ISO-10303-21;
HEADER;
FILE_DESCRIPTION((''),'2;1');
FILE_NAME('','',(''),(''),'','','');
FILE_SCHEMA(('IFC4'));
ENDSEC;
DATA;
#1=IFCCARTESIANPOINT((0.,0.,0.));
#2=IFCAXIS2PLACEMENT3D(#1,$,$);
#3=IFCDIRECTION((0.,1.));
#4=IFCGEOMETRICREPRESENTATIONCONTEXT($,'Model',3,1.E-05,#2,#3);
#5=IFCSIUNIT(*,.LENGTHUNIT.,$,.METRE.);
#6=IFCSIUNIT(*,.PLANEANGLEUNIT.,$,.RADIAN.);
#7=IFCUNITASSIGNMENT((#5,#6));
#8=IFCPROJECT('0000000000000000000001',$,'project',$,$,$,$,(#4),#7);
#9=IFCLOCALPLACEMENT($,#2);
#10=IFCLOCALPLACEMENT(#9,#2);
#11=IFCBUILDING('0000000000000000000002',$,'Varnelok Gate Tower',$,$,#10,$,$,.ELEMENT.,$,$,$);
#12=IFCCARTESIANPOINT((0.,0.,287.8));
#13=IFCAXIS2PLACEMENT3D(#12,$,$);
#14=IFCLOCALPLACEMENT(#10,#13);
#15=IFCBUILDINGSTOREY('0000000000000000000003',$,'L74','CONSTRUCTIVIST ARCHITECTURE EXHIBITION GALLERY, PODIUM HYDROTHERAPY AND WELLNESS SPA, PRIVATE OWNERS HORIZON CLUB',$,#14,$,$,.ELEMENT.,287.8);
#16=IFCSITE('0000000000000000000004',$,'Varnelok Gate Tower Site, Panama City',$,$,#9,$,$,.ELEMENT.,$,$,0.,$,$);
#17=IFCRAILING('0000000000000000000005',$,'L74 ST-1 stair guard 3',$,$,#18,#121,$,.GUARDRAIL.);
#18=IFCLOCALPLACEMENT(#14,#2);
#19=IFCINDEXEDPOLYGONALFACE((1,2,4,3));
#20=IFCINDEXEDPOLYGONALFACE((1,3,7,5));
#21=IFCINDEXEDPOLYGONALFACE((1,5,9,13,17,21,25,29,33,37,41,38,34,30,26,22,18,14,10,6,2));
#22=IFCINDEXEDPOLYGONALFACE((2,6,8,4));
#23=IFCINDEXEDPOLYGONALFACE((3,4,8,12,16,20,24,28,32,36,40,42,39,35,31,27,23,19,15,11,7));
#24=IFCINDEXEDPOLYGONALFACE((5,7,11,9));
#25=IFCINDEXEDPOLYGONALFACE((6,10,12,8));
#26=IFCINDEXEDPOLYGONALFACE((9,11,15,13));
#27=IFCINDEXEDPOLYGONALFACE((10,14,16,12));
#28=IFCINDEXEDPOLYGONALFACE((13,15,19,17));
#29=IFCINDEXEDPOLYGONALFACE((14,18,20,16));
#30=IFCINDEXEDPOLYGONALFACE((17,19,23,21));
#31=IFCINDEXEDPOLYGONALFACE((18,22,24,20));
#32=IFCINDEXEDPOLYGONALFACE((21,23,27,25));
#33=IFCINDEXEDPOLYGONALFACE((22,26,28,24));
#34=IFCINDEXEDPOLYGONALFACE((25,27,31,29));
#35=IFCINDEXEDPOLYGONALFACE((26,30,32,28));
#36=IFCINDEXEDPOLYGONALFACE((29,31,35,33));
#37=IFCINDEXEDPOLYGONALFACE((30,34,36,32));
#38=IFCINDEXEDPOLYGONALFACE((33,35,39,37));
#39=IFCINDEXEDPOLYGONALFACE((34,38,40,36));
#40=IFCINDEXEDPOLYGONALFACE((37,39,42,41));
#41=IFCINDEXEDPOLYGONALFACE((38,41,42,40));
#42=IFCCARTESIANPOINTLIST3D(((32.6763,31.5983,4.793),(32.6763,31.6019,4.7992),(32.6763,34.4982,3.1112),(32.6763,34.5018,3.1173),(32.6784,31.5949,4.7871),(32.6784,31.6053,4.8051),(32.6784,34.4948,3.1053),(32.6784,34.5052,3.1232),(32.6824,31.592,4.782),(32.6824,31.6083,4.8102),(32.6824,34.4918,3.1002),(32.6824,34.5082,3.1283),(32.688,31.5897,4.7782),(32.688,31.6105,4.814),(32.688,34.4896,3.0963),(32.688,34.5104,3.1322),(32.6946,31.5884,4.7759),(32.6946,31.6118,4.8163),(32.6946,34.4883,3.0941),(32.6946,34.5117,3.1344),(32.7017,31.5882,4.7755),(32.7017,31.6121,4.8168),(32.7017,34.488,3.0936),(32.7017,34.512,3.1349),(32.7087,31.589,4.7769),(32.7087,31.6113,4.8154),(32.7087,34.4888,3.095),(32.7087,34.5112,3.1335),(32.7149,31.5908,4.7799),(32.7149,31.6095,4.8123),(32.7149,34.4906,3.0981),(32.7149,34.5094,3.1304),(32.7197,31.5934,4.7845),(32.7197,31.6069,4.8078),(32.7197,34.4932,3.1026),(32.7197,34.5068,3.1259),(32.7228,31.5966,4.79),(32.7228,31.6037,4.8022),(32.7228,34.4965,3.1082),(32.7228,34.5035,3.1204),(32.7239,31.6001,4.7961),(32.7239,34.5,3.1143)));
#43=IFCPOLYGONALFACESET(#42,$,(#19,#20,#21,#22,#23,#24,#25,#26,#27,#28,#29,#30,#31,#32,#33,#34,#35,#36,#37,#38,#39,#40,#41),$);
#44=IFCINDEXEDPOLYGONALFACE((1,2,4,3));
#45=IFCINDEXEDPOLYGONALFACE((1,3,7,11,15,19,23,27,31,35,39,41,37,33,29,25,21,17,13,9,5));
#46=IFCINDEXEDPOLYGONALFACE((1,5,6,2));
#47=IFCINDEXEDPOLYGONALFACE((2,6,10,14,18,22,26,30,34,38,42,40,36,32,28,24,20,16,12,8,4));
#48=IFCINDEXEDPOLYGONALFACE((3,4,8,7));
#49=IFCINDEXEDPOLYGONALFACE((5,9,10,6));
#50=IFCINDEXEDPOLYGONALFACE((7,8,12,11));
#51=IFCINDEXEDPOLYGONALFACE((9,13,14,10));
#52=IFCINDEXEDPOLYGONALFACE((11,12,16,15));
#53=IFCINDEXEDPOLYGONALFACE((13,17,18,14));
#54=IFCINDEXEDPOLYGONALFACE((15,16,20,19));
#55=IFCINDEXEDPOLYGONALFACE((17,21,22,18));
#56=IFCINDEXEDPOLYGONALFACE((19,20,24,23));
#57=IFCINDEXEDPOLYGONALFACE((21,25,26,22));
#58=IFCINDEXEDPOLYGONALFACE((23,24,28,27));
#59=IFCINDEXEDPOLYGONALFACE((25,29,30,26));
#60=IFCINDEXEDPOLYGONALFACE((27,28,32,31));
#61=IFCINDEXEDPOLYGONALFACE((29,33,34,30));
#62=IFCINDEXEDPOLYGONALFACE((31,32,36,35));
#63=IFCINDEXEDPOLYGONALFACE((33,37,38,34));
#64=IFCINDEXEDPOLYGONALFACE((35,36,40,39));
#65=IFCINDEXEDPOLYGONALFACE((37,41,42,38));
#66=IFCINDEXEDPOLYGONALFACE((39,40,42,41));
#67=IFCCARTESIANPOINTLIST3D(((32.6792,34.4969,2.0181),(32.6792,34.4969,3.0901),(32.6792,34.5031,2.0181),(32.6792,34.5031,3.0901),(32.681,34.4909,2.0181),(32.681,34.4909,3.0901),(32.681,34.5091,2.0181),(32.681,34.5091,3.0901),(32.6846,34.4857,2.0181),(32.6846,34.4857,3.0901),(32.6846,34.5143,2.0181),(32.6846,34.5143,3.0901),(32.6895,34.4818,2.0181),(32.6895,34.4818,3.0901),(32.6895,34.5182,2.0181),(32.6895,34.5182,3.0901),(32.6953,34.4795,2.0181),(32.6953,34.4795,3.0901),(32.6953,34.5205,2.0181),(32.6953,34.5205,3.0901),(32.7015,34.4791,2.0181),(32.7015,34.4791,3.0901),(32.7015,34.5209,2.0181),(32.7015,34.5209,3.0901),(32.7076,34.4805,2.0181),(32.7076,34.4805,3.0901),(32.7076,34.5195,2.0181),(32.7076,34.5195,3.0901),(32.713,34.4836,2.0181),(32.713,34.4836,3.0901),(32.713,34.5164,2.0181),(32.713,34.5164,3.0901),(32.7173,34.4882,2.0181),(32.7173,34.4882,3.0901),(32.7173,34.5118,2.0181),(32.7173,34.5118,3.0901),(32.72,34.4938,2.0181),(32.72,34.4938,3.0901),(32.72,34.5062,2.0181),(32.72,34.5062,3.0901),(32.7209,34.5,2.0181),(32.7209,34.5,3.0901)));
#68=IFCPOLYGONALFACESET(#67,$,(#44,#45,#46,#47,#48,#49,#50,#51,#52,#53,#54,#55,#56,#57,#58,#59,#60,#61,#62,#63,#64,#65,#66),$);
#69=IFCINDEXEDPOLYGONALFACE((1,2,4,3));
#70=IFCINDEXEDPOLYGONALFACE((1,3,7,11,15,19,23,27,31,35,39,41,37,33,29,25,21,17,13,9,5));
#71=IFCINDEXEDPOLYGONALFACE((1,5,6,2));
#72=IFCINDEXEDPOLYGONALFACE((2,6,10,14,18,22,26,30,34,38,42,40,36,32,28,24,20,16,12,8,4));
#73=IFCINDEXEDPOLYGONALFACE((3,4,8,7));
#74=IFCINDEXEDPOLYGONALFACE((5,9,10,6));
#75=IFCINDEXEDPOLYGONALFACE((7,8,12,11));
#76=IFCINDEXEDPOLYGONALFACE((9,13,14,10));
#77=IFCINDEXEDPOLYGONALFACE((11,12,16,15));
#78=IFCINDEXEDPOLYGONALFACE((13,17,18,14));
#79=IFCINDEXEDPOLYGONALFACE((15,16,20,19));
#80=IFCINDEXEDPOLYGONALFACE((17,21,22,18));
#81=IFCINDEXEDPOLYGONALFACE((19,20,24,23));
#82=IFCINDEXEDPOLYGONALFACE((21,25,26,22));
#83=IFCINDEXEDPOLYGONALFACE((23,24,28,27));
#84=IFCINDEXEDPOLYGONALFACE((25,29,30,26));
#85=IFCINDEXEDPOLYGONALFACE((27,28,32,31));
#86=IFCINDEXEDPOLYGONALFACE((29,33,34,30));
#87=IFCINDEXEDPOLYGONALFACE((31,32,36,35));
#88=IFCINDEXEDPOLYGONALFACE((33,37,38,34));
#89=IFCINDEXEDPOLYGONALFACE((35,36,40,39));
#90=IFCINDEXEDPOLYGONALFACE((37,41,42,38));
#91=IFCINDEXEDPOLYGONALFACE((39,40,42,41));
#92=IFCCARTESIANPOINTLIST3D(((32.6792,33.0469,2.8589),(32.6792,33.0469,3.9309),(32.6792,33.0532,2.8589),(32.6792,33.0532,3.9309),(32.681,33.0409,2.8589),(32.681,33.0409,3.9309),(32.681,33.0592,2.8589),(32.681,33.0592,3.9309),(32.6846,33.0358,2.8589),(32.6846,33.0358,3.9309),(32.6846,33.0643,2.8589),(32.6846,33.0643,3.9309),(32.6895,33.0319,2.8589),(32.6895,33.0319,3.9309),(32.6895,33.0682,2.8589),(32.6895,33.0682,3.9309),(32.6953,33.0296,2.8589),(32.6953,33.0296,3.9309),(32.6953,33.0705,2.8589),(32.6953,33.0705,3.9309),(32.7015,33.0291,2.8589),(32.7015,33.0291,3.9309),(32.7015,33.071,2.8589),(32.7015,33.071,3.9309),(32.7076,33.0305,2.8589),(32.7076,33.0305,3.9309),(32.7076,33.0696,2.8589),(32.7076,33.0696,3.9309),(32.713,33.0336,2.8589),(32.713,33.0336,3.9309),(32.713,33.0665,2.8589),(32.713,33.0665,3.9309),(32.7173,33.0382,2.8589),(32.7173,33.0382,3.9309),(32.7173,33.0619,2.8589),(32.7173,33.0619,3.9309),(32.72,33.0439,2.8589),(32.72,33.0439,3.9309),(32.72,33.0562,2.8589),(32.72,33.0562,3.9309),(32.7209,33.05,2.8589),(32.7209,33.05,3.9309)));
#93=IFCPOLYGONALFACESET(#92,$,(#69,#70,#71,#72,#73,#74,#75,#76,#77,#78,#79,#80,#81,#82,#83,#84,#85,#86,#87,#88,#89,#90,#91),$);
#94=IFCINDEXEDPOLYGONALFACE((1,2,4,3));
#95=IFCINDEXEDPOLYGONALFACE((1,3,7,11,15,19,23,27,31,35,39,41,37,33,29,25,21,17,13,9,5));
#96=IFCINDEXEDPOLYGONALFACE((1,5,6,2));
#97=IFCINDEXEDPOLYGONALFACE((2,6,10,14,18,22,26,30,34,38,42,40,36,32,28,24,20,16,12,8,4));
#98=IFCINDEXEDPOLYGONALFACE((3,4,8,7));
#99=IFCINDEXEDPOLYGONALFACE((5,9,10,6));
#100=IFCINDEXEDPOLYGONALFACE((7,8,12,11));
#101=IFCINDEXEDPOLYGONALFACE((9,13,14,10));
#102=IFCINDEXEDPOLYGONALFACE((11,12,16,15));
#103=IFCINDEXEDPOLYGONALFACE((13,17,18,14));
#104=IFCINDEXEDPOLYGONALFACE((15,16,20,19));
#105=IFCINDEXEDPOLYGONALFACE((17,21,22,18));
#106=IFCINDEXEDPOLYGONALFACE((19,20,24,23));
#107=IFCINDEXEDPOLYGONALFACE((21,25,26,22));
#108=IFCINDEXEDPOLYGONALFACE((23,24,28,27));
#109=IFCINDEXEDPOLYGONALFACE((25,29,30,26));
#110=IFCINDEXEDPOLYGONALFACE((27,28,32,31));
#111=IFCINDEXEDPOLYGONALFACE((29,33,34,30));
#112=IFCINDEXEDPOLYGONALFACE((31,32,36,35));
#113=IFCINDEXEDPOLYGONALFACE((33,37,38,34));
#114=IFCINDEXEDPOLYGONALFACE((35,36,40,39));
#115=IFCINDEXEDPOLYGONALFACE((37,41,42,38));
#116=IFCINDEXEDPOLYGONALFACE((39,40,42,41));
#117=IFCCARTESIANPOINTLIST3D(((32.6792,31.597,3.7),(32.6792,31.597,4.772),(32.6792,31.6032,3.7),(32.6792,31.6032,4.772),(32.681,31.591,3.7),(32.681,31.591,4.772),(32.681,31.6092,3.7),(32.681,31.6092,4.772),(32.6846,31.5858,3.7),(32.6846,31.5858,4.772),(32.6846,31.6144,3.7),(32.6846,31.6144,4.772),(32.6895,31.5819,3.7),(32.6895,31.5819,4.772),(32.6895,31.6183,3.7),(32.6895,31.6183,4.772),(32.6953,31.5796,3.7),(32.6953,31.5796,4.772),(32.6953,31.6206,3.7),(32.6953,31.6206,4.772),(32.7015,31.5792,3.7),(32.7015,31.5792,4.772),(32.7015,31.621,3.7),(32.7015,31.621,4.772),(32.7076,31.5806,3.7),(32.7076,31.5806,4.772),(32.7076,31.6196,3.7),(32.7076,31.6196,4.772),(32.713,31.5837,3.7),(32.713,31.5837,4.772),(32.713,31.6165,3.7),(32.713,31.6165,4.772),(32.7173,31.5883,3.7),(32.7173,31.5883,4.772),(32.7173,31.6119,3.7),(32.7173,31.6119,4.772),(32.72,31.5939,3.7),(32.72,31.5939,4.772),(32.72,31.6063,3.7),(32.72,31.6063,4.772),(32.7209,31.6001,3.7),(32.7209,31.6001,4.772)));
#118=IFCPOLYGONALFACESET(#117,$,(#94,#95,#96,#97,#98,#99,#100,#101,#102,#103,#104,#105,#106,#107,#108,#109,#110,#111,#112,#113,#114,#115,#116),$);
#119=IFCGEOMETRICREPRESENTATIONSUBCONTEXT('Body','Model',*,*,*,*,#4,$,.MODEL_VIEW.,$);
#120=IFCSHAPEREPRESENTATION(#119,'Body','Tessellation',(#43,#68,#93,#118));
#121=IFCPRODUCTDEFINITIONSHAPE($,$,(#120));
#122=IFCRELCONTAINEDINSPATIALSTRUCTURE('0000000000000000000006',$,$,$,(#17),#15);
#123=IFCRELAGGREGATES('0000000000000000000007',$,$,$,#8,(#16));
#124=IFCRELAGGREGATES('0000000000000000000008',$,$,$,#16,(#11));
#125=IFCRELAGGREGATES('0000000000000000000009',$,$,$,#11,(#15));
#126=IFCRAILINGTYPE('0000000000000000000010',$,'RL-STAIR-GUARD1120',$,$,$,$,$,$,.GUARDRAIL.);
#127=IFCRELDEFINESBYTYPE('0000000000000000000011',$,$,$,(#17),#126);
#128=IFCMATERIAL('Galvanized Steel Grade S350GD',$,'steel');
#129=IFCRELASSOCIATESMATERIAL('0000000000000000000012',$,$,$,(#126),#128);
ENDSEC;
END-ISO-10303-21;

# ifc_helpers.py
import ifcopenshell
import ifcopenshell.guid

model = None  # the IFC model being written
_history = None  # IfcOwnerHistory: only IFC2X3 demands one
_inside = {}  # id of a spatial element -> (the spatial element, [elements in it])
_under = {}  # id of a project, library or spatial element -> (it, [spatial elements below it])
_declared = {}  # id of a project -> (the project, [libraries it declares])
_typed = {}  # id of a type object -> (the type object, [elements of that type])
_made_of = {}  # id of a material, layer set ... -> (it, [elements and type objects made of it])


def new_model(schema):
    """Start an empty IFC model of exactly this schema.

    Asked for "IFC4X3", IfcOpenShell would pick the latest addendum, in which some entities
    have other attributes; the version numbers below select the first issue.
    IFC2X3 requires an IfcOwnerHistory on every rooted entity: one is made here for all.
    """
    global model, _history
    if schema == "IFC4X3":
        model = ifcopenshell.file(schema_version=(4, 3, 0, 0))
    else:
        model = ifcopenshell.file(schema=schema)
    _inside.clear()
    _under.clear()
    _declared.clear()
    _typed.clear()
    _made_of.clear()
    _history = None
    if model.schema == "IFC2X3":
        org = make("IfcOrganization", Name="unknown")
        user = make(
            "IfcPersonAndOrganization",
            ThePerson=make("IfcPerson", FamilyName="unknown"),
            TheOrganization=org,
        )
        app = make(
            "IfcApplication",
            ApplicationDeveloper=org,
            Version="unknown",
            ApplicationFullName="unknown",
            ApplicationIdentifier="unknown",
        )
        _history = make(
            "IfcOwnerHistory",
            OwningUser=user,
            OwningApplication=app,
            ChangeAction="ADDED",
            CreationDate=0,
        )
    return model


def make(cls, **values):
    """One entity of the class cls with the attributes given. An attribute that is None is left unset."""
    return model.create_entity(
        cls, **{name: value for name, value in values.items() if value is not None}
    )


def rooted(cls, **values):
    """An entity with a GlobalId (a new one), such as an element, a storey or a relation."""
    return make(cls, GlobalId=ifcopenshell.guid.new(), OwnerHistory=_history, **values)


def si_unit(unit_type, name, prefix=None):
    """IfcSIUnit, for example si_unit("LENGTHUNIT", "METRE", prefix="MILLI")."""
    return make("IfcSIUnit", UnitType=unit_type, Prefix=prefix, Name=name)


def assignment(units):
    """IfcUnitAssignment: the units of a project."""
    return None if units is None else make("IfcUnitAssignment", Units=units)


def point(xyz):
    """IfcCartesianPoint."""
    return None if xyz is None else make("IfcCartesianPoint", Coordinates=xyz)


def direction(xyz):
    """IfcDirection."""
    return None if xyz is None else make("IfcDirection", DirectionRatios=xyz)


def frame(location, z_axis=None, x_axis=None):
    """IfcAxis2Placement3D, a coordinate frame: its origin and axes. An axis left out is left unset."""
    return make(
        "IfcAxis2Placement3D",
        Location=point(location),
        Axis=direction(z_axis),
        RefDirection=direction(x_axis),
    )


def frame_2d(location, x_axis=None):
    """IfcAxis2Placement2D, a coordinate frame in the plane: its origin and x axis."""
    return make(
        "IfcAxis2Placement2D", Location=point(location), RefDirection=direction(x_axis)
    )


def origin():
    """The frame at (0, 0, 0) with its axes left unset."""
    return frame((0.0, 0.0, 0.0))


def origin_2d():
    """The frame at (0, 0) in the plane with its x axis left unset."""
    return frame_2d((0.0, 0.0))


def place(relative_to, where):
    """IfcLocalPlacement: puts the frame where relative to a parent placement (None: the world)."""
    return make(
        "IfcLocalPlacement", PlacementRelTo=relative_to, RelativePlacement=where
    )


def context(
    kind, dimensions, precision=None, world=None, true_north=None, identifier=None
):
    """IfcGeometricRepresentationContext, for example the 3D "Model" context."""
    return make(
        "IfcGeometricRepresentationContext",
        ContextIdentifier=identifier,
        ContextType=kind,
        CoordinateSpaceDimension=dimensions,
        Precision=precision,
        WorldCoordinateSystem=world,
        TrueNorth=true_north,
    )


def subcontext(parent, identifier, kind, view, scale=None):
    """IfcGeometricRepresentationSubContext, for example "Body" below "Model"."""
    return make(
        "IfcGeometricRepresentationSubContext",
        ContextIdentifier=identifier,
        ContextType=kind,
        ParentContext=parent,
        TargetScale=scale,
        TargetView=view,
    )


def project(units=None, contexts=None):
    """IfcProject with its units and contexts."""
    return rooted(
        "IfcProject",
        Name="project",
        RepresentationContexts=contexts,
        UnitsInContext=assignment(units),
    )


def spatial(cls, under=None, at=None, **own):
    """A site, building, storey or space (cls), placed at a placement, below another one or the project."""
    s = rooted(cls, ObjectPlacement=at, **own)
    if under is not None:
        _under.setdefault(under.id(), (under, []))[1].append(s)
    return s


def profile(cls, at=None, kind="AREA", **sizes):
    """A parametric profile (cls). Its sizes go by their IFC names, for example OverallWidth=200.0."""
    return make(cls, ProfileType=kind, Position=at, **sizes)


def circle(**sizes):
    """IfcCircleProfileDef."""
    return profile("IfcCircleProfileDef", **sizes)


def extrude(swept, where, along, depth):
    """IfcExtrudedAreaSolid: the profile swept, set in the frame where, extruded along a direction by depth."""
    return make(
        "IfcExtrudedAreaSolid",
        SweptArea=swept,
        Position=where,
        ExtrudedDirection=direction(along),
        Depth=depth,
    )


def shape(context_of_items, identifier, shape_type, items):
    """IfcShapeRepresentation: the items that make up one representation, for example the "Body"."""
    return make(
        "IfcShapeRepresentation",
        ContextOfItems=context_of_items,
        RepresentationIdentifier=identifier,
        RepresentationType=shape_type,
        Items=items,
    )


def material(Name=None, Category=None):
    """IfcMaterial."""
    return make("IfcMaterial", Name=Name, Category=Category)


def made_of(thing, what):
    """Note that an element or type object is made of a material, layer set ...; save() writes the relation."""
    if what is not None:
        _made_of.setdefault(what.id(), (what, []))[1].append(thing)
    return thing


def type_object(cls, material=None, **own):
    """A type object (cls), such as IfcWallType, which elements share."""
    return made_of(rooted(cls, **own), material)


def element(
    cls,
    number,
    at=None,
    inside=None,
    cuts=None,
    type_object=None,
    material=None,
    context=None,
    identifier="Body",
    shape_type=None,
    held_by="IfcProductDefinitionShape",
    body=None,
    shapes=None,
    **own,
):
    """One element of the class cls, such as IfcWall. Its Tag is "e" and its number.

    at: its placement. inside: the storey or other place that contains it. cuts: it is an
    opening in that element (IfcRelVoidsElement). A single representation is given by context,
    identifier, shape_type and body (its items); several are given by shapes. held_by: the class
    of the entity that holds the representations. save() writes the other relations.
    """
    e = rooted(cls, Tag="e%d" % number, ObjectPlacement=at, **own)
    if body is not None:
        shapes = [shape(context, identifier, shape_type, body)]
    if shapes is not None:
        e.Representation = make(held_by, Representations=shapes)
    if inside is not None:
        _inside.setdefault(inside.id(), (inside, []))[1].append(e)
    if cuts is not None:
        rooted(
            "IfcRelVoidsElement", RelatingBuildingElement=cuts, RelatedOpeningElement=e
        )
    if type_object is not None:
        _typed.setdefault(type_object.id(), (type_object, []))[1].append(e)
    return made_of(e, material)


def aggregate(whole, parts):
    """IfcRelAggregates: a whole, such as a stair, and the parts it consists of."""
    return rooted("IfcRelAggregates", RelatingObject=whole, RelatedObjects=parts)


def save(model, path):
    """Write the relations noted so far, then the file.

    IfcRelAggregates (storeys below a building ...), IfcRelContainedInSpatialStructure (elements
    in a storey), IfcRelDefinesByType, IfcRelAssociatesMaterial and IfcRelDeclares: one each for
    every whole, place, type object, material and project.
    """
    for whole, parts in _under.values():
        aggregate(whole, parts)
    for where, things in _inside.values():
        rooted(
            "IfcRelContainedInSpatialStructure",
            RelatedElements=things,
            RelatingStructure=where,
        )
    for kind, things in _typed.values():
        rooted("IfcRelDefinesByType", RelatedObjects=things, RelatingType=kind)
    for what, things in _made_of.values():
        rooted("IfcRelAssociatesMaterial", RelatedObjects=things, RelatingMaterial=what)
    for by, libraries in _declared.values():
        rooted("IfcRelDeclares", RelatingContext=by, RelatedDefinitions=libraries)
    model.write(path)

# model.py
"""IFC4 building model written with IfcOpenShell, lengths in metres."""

from ifc_helpers import new_model, si_unit, direction, frame, origin, origin_2d, place, context, subcontext, project, spatial, circle, extrude, material, type_object, element, save


model = new_model("IFC4")

# Units and contexts
model_context = context("Model", 3, precision=1e-05, world=origin(), true_north=direction((0.0, 1.0)))
body_context = subcontext(model_context, "Body", "Model", "MODEL_VIEW")
ifc_project = project(units=[si_unit("LENGTHUNIT", "METRE"), si_unit("PLANEANGLEUNIT", "RADIAN")], contexts=[model_context])

# Site, building, storey
site_placement = place(None, origin())
site = spatial("IfcSite", under=ifc_project, at=site_placement, Name="Varnelok Gate Tower Site, Panama City", CompositionType="ELEMENT", RefElevation=0.0)
building_placement = place(site_placement, origin())
building = spatial("IfcBuilding", under=site, at=building_placement, Name="Varnelok Gate Tower", CompositionType="ELEMENT")
storey_placement = place(building_placement, frame((0.0, 0.0, 287.8)))
storey = spatial("IfcBuildingStorey", under=building, at=storey_placement, Name="L74", Description="CONSTRUCTIVIST ARCHITECTURE EXHIBITION GALLERY, PODIUM HYDROTHERAPY AND WELLNESS SPA, PRIVATE OWNERS HORIZON CLUB", CompositionType="ELEMENT", Elevation=287.8)

# Railing
ifc_material_1 = material(Name="Galvanized Steel Grade S350GD", Category="steel")
railing_type_1 = type_object("IfcRailingType", Name="RL-STAIR-GUARD1120", PredefinedType="GUARDRAIL", material=ifc_material_1)
railing_1_placement = place(storey_placement, frame((32.7, 34.5, 2.0181)))
element("IfcRailing", 1, at=railing_1_placement, inside=storey, type_object=railing_type_1, Name="L74 ST-1 stair guard 3", PredefinedType="GUARDRAIL", context=body_context, shape_type="SweptSolid", body=[
    extrude(circle(Radius=0.0239, at=origin_2d()), frame((0.0, 0.0, 1.0962), z_axis=(0.0, -0.865039, 0.501705), x_axis=(1.0, 0.0, 0.0)), (0.0, 0.0, 1.0), 3.3523),
    extrude(circle(Radius=0.021, at=origin_2d()), origin(), (0.0, 0.0, 1.0), 1.072),
    extrude(circle(Radius=0.021, at=origin_2d()), frame((0.0, -1.45, 0.8408)), (0.0, 0.0, 1.0), 1.072),
    extrude(circle(Radius=0.021, at=origin_2d()), frame((0.0, -2.8999, 1.6819)), (0.0, 0.0, 1.0), 1.072),
])

save(model, "model.ifc")
